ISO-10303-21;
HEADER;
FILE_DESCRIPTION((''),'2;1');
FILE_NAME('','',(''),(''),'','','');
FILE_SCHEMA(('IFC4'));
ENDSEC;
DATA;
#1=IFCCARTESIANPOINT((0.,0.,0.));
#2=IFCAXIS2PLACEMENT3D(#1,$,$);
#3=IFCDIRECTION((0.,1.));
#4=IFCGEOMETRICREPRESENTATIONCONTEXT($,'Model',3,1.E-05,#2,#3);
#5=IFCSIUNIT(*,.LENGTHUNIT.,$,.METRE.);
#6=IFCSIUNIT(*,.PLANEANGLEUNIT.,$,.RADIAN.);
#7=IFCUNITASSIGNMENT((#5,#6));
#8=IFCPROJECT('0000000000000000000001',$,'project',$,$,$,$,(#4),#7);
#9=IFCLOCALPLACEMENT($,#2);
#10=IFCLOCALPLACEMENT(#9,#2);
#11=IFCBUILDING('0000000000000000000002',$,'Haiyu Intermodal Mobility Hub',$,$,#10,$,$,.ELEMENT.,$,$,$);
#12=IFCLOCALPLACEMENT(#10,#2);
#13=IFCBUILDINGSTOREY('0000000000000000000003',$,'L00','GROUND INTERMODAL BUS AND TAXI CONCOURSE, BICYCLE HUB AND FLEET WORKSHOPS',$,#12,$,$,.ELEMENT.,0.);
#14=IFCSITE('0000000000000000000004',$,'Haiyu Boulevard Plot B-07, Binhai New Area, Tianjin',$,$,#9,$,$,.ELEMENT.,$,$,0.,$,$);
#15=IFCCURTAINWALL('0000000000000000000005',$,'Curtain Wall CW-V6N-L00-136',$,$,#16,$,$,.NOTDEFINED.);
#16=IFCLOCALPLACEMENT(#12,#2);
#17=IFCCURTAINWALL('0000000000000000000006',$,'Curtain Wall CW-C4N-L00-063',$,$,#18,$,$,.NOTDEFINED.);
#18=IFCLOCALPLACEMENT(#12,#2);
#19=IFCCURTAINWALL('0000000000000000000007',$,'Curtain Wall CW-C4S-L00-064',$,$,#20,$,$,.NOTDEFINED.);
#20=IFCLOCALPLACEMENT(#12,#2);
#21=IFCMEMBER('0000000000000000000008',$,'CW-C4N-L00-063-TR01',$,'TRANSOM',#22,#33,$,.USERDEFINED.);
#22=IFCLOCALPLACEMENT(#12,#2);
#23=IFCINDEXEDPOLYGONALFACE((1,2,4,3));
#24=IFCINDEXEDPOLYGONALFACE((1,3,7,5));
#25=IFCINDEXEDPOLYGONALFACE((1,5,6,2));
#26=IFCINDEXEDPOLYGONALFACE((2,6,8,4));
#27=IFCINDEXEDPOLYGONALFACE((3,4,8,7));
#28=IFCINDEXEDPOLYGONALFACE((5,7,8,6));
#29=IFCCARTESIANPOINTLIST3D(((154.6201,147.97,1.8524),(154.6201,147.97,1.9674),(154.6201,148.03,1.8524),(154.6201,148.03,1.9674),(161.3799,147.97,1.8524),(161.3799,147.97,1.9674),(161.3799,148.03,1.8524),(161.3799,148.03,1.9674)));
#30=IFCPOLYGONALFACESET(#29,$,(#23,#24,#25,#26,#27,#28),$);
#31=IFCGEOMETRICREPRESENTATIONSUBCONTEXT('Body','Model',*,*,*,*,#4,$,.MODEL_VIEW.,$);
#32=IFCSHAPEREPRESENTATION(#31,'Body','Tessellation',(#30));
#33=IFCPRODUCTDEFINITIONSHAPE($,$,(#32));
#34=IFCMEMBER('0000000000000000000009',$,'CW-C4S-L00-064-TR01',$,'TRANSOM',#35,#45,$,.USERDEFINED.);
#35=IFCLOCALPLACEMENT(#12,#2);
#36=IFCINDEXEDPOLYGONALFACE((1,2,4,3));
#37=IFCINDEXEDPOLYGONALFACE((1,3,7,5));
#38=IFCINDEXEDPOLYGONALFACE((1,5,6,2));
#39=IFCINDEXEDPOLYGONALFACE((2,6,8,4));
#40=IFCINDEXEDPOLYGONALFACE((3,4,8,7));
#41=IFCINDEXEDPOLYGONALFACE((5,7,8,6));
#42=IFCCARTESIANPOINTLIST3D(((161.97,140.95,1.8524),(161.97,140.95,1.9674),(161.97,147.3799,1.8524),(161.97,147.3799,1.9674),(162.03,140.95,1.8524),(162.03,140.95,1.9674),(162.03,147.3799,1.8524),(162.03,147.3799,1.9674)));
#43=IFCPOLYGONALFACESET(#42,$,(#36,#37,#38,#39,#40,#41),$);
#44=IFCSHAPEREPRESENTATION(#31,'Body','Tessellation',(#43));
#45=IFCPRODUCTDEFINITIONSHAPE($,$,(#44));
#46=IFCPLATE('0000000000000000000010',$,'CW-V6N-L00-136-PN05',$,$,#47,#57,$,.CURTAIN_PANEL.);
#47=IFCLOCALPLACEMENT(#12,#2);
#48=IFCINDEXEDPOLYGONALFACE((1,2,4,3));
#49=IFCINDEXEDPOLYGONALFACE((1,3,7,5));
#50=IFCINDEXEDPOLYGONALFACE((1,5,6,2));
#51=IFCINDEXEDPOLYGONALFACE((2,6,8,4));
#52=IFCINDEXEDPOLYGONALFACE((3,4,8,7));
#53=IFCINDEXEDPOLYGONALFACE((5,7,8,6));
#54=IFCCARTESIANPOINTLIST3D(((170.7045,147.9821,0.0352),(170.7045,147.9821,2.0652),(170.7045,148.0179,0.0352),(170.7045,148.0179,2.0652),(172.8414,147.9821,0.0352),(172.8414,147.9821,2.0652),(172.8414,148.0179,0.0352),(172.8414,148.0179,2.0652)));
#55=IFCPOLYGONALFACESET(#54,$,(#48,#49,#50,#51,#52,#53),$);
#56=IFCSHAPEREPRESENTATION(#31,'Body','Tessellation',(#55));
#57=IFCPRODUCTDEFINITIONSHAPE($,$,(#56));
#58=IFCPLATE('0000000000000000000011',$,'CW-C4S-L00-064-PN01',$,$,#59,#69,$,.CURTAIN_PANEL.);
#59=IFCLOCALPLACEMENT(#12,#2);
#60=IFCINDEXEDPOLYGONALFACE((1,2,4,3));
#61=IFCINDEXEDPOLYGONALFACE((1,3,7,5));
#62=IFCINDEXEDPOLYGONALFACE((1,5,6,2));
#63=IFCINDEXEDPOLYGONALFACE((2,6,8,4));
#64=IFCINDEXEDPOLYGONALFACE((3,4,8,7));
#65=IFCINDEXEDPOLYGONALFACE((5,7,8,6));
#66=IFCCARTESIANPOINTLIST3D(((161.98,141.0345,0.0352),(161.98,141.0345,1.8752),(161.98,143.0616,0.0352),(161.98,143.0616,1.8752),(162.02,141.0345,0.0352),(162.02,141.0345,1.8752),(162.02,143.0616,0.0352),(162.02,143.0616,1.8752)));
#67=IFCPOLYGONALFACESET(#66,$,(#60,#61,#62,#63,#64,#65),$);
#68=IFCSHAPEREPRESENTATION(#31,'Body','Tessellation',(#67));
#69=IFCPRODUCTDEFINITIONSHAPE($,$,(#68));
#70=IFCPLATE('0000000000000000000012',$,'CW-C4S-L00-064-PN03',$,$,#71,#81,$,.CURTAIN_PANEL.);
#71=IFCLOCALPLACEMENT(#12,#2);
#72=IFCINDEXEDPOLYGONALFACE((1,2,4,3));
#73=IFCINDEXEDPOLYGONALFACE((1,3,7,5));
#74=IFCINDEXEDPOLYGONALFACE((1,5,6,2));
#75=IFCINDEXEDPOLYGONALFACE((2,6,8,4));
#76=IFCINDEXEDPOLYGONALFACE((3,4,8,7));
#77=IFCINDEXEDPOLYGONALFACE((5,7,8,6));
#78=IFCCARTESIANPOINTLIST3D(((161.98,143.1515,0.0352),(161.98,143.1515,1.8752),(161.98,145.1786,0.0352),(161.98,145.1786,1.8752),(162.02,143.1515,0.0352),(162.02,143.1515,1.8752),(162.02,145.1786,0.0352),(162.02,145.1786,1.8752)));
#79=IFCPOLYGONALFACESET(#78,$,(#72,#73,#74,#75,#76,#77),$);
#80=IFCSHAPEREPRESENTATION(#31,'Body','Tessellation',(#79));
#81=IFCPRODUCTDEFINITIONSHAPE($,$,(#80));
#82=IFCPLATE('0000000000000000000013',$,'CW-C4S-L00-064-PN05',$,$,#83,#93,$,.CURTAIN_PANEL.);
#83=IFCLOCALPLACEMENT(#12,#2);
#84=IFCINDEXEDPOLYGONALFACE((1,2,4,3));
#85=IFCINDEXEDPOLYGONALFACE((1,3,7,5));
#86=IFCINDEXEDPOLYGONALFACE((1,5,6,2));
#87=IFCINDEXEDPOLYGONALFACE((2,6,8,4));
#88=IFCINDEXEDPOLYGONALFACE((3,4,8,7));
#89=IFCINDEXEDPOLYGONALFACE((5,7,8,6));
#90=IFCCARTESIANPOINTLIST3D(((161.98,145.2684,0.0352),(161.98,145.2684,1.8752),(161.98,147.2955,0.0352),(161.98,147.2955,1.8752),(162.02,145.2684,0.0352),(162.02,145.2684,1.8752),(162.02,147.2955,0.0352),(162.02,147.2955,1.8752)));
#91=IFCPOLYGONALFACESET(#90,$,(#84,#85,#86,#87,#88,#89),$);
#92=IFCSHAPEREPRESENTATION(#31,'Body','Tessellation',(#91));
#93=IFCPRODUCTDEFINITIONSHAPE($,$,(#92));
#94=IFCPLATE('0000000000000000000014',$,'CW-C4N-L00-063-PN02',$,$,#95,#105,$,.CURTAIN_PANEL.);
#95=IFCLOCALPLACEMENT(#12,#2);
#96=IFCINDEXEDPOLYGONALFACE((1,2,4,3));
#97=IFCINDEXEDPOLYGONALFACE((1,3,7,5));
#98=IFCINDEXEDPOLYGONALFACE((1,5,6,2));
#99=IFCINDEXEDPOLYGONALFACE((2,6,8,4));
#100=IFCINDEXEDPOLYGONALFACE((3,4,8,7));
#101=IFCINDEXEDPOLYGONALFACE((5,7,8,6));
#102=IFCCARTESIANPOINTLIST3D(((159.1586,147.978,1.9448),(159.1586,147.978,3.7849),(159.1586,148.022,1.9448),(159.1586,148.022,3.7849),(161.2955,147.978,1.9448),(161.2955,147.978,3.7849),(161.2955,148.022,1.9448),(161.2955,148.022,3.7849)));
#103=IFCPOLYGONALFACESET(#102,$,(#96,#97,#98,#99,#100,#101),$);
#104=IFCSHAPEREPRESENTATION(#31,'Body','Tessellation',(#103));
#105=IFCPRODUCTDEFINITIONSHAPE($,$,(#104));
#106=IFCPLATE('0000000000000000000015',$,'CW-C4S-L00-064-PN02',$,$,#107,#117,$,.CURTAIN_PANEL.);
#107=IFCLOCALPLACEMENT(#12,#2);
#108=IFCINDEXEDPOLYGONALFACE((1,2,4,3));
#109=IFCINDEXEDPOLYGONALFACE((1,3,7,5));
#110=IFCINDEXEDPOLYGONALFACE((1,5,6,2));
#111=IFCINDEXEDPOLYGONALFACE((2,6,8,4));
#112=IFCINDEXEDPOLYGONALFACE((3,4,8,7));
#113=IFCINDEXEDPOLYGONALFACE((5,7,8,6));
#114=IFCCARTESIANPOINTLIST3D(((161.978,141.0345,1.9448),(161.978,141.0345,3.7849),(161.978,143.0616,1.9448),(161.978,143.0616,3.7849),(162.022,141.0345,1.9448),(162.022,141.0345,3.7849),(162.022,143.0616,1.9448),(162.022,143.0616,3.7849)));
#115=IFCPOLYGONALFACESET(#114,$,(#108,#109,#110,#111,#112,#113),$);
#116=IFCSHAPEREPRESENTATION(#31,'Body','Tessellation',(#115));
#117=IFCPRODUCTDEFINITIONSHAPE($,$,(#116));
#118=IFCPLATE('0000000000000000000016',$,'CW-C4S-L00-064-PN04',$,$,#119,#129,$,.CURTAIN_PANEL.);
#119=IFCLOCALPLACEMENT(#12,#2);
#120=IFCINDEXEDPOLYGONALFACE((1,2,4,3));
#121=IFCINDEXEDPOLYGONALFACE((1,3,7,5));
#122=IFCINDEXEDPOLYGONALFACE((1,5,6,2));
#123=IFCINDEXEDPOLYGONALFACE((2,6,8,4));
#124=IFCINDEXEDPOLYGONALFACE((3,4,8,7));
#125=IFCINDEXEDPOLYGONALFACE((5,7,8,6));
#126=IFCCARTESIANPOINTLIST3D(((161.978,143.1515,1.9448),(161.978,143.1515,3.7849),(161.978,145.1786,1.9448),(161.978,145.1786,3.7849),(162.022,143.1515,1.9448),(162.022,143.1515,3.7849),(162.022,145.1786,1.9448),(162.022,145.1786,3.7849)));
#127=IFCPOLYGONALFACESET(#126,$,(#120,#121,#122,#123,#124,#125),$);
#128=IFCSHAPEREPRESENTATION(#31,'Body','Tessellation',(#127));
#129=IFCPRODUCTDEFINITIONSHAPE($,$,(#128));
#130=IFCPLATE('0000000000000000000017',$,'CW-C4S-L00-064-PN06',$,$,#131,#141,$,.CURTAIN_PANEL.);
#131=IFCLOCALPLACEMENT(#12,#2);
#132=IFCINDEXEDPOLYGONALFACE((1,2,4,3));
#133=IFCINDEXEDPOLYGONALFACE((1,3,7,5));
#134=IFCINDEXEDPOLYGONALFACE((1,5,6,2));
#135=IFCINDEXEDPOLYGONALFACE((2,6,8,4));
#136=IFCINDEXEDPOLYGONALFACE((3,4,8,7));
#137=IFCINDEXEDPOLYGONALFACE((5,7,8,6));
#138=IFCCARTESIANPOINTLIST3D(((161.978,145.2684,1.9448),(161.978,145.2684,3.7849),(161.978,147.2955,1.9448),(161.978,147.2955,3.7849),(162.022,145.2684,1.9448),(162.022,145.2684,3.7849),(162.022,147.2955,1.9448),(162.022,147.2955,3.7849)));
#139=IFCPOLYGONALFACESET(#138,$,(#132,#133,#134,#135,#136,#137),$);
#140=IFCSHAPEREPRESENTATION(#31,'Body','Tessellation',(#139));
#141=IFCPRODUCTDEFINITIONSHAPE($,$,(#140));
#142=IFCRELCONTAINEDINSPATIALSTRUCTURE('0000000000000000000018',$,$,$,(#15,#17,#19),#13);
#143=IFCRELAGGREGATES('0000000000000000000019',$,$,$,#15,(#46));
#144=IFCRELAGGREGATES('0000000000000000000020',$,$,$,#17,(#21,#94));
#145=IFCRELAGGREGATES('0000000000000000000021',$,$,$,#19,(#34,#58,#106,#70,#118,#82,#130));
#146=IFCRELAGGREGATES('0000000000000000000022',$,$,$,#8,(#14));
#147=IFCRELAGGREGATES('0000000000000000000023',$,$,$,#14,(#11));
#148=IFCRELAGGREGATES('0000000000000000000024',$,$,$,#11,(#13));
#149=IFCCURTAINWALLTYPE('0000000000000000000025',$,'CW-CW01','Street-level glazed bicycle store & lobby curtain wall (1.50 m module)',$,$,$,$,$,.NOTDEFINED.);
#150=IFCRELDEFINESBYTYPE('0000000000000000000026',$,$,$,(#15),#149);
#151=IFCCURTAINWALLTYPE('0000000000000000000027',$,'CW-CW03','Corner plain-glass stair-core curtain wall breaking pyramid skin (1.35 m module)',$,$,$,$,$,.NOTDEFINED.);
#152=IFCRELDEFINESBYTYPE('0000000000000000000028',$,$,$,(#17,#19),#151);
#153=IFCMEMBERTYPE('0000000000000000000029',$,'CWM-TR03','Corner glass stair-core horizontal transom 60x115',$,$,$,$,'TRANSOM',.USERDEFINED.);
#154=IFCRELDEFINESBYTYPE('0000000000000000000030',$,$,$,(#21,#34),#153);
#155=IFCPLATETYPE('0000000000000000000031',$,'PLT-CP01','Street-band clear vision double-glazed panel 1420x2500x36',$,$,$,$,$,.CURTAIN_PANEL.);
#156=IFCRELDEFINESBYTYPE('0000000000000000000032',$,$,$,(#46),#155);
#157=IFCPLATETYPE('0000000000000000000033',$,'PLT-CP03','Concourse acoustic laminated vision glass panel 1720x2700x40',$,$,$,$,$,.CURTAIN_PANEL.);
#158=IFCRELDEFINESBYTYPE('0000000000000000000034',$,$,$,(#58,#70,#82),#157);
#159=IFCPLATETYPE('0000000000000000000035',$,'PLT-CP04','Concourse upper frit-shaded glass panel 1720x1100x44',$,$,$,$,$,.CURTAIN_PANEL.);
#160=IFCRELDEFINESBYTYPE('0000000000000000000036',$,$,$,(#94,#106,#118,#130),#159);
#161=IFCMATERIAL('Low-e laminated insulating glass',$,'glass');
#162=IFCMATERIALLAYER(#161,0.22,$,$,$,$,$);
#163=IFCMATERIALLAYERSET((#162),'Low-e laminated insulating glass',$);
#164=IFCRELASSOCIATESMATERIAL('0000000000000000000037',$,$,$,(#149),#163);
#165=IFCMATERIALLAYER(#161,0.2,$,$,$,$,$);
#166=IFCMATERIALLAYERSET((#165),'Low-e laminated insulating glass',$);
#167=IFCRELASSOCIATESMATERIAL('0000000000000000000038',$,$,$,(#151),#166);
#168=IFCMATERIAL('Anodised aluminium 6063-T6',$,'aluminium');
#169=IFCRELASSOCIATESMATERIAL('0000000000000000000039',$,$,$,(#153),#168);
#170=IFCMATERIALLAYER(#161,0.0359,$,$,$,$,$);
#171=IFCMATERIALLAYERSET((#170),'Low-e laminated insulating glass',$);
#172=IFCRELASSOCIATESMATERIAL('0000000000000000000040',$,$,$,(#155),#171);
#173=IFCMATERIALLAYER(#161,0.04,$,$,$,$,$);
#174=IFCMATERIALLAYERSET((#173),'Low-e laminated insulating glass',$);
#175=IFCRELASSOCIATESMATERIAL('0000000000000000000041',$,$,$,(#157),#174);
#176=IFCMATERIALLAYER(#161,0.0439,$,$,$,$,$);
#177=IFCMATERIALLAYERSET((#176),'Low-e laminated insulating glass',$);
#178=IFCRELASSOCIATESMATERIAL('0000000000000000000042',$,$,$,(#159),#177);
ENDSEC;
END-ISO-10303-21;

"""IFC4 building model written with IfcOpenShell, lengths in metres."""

from ifc_helpers import new_model, si_unit, direction, frame, origin, origin_2d, place, context, subcontext, project, spatial, rectangle, extrude, material, layer, layer_set, material_profile, profile_set, type_object, element, aggregate, save


model = new_model("IFC4")

# Units and contexts
model_context = context("Model", 3, precision=1e-05, world=origin(), true_north=direction((0.0, 1.0)))
body_context = subcontext(model_context, "Body", "Model", "MODEL_VIEW")
ifc_project = project(units=[si_unit("LENGTHUNIT", "METRE"), si_unit("PLANEANGLEUNIT", "RADIAN")], contexts=[model_context])

# Site, building, storey
site_placement = place(None, origin())
site = spatial("IfcSite", under=ifc_project, at=site_placement, Name="Haiyu Boulevard Plot B-07, Binhai New Area, Tianjin", CompositionType="ELEMENT", RefElevation=0.0)
building_placement = place(site_placement, origin())
building = spatial("IfcBuilding", under=site, at=building_placement, Name="Haiyu Intermodal Mobility Hub", CompositionType="ELEMENT")
storey_placement = place(building_placement, origin())
storey = spatial("IfcBuildingStorey", under=building, at=storey_placement, Name="L00", Description="GROUND INTERMODAL BUS AND TAXI CONCOURSE, BICYCLE HUB AND FLEET WORKSHOPS", CompositionType="ELEMENT", Elevation=0.0)

# Curtain walls
ifc_material_1 = material(Name="Low-e laminated insulating glass", Category="glass")
ifc_layer_1 = layer(ifc_material_1, 0.22)
ifc_layer_set_1 = layer_set([ifc_layer_1], Name="Low-e laminated insulating glass")
curtain_wall_type_1 = type_object("IfcCurtainWallType", Name="CW-CW01", Description="Street-level glazed bicycle store & lobby curtain wall (1.50 m module)", PredefinedType="NOTDEFINED", material=ifc_layer_set_1)
curtain_wall_1_placement = place(storey_placement, origin())
curtain_wall_1 = element("IfcCurtainWall", 1, at=curtain_wall_1_placement, inside=storey, type_object=curtain_wall_type_1, Name="Curtain Wall CW-V6N-L00-136", PredefinedType="NOTDEFINED")
ifc_material_2 = material(Name="Anodised aluminium 6063-T6", Category="aluminium")
ifc_layer_2 = layer(ifc_material_1, 0.2)
ifc_layer_set_2 = layer_set([ifc_layer_2], Name="Low-e laminated insulating glass")
curtain_wall_type_2 = type_object("IfcCurtainWallType", Name="CW-CW03", Description="Corner plain-glass stair-core curtain wall breaking pyramid skin (1.35 m module)", PredefinedType="NOTDEFINED", material=ifc_layer_set_2)
curtain_wall_2_placement = place(storey_placement, origin())
curtain_wall_2 = element("IfcCurtainWall", 2, at=curtain_wall_2_placement, inside=storey, type_object=curtain_wall_type_2, Name="Curtain Wall CW-C4N-L00-063", PredefinedType="NOTDEFINED")

# Curtain wall
curtain_wall_3_placement = place(storey_placement, origin())
curtain_wall_3 = element("IfcCurtainWall", 3, at=curtain_wall_3_placement, inside=storey, type_object=curtain_wall_type_2, Name="Curtain Wall CW-C4S-L00-064", PredefinedType="NOTDEFINED")

# Members
ifc_material_profile_1 = material_profile(ifc_material_2, rectangle(XDim=0.0601, YDim=0.115, at=origin_2d()), Name="ALU60x115")
ifc_profile_set_1 = profile_set([ifc_material_profile_1], Name="Anodised aluminium 6063-T6")
member_type_1 = type_object("IfcMemberType", Name="CWM-TR03", Description="Corner glass stair-core horizontal transom 60x115", ElementType="TRANSOM", PredefinedType="USERDEFINED", material=ifc_profile_set_1)
member_1_placement = place(storey_placement, frame((161.3799, 148.0, 1.9099), z_axis=(-1.0, 0.0, 0.0), x_axis=(0.0, -1.0, 0.0)))
member_1 = element("IfcMember", 4, at=member_1_placement, type_object=member_type_1, Name="CW-C4N-L00-063-TR01", ObjectType="TRANSOM", PredefinedType="USERDEFINED", context=body_context, shape_type="SweptSolid", body=[
    extrude(rectangle(XDim=0.0601, YDim=0.115, at=origin_2d()), origin(), (0.0, 0.0, 1.0), 6.7598),
])
member_2_placement = place(storey_placement, frame((162.0, 140.95, 1.9099), z_axis=(0.0, 1.0, 0.0), x_axis=(-1.0, 0.0, 0.0)))
member_2 = element("IfcMember", 5, at=member_2_placement, type_object=member_type_1, Name="CW-C4S-L00-064-TR01", ObjectType="TRANSOM", PredefinedType="USERDEFINED", context=body_context, shape_type="SweptSolid", body=[
    extrude(rectangle(XDim=0.0601, YDim=0.115, at=origin_2d()), origin(), (0.0, 0.0, 1.0), 6.4299),
])

# Plates
ifc_layer_3 = layer(ifc_material_1, 0.0359)
ifc_layer_set_3 = layer_set([ifc_layer_3], Name="Low-e laminated insulating glass")
plate_type_1 = type_object("IfcPlateType", Name="PLT-CP01", Description="Street-band clear vision double-glazed panel 1420x2500x36", PredefinedType="CURTAIN_PANEL", material=ifc_layer_set_3)
plate_1_placement = place(storey_placement, frame((171.7729, 148.0, 0.0352), z_axis=(0.0, 0.0, 1.0), x_axis=(-1.0, 0.0, 0.0)))
plate_1 = element("IfcPlate", 6, at=plate_1_placement, type_object=plate_type_1, Name="CW-V6N-L00-136-PN05", PredefinedType="CURTAIN_PANEL", context=body_context, shape_type="SweptSolid", body=[
    extrude(rectangle(XDim=2.137, YDim=0.0359, at=origin_2d()), origin(), (0.0, 0.0, 1.0), 2.03),
])
aggregate(curtain_wall_1, [plate_1])
ifc_layer_4 = layer(ifc_material_1, 0.04)
ifc_layer_set_4 = layer_set([ifc_layer_4], Name="Low-e laminated insulating glass")
plate_type_2 = type_object("IfcPlateType", Name="PLT-CP03", Description="Concourse acoustic laminated vision glass panel 1720x2700x40", PredefinedType="CURTAIN_PANEL", material=ifc_layer_set_4)
plate_2_placement = place(storey_placement, frame((162.0, 142.0481, 0.0352), z_axis=(0.0, 0.0, 1.0), x_axis=(0.0, 1.0, 0.0)))
plate_2 = element("IfcPlate", 7, at=plate_2_placement, type_object=plate_type_2, Name="CW-C4S-L00-064-PN01", PredefinedType="CURTAIN_PANEL", context=body_context, shape_type="SweptSolid", body=[
    extrude(rectangle(XDim=2.0271, YDim=0.04, at=origin_2d()), origin(), (0.0, 0.0, 1.0), 1.8401),
])
plate_3_placement = place(storey_placement, frame((162.0, 144.165, 0.0352), z_axis=(0.0, 0.0, 1.0), x_axis=(0.0, 1.0, 0.0)))
plate_3 = element("IfcPlate", 8, at=plate_3_placement, type_object=plate_type_2, Name="CW-C4S-L00-064-PN03", PredefinedType="CURTAIN_PANEL", context=body_context, shape_type="SweptSolid", body=[
    extrude(rectangle(XDim=2.0271, YDim=0.04, at=origin_2d()), origin(), (0.0, 0.0, 1.0), 1.8401),
])
plate_4_placement = place(storey_placement, frame((162.0, 146.282, 0.0352), z_axis=(0.0, 0.0, 1.0), x_axis=(0.0, 1.0, 0.0)))
plate_4 = element("IfcPlate", 9, at=plate_4_placement, type_object=plate_type_2, Name="CW-C4S-L00-064-PN05", PredefinedType="CURTAIN_PANEL", context=body_context, shape_type="SweptSolid", body=[
    extrude(rectangle(XDim=2.0271, YDim=0.04, at=origin_2d()), origin(), (0.0, 0.0, 1.0), 1.8401),
])
ifc_layer_5 = layer(ifc_material_1, 0.0439)
ifc_layer_set_5 = layer_set([ifc_layer_5], Name="Low-e laminated insulating glass")
plate_type_3 = type_object("IfcPlateType", Name="PLT-CP04", Description="Concourse upper frit-shaded glass panel 1720x1100x44", PredefinedType="CURTAIN_PANEL", material=ifc_layer_set_5)
plate_5_placement = place(storey_placement, frame((160.2271, 148.0, 1.9448), z_axis=(0.0, 0.0, 1.0), x_axis=(-1.0, 0.0, 0.0)))
plate_5 = element("IfcPlate", 10, at=plate_5_placement, type_object=plate_type_3, Name="CW-C4N-L00-063-PN02", PredefinedType="CURTAIN_PANEL", context=body_context, shape_type="SweptSolid", body=[
    extrude(rectangle(XDim=2.137, YDim=0.0439, at=origin_2d()), origin(), (0.0, 0.0, 1.0), 1.8401),
])
aggregate(curtain_wall_2, [member_1, plate_5])
plate_6_placement = place(storey_placement, frame((162.0, 142.0481, 1.9448), z_axis=(0.0, 0.0, 1.0), x_axis=(0.0, 1.0, 0.0)))
plate_6 = element("IfcPlate", 11, at=plate_6_placement, type_object=plate_type_3, Name="CW-C4S-L00-064-PN02", PredefinedType="CURTAIN_PANEL", context=body_context, shape_type="SweptSolid", body=[
    extrude(rectangle(XDim=2.0271, YDim=0.0439, at=origin_2d()), origin(), (0.0, 0.0, 1.0), 1.8401),
])
plate_7_placement = place(storey_placement, frame((162.0, 144.165, 1.9448), z_axis=(0.0, 0.0, 1.0), x_axis=(0.0, 1.0, 0.0)))
plate_7 = element("IfcPlate", 12, at=plate_7_placement, type_object=plate_type_3, Name="CW-C4S-L00-064-PN04", PredefinedType="CURTAIN_PANEL", context=body_context, shape_type="SweptSolid", body=[
    extrude(rectangle(XDim=2.0271, YDim=0.0439, at=origin_2d()), origin(), (0.0, 0.0, 1.0), 1.8401),
])
plate_8_placement = place(storey_placement, frame((162.0, 146.282, 1.9448), z_axis=(0.0, 0.0, 1.0), x_axis=(0.0, 1.0, 0.0)))
plate_8 = element("IfcPlate", 13, at=plate_8_placement, type_object=plate_type_3, Name="CW-C4S-L00-064-PN06", PredefinedType="CURTAIN_PANEL", context=body_context, shape_type="SweptSolid", body=[
    extrude(rectangle(XDim=2.0271, YDim=0.0439, at=origin_2d()), origin(), (0.0, 0.0, 1.0), 1.8401),
])
aggregate(curtain_wall_3, [member_2, plate_2, plate_6, plate_3, plate_7, plate_4, plate_8])

save(model, "model.ifc")
